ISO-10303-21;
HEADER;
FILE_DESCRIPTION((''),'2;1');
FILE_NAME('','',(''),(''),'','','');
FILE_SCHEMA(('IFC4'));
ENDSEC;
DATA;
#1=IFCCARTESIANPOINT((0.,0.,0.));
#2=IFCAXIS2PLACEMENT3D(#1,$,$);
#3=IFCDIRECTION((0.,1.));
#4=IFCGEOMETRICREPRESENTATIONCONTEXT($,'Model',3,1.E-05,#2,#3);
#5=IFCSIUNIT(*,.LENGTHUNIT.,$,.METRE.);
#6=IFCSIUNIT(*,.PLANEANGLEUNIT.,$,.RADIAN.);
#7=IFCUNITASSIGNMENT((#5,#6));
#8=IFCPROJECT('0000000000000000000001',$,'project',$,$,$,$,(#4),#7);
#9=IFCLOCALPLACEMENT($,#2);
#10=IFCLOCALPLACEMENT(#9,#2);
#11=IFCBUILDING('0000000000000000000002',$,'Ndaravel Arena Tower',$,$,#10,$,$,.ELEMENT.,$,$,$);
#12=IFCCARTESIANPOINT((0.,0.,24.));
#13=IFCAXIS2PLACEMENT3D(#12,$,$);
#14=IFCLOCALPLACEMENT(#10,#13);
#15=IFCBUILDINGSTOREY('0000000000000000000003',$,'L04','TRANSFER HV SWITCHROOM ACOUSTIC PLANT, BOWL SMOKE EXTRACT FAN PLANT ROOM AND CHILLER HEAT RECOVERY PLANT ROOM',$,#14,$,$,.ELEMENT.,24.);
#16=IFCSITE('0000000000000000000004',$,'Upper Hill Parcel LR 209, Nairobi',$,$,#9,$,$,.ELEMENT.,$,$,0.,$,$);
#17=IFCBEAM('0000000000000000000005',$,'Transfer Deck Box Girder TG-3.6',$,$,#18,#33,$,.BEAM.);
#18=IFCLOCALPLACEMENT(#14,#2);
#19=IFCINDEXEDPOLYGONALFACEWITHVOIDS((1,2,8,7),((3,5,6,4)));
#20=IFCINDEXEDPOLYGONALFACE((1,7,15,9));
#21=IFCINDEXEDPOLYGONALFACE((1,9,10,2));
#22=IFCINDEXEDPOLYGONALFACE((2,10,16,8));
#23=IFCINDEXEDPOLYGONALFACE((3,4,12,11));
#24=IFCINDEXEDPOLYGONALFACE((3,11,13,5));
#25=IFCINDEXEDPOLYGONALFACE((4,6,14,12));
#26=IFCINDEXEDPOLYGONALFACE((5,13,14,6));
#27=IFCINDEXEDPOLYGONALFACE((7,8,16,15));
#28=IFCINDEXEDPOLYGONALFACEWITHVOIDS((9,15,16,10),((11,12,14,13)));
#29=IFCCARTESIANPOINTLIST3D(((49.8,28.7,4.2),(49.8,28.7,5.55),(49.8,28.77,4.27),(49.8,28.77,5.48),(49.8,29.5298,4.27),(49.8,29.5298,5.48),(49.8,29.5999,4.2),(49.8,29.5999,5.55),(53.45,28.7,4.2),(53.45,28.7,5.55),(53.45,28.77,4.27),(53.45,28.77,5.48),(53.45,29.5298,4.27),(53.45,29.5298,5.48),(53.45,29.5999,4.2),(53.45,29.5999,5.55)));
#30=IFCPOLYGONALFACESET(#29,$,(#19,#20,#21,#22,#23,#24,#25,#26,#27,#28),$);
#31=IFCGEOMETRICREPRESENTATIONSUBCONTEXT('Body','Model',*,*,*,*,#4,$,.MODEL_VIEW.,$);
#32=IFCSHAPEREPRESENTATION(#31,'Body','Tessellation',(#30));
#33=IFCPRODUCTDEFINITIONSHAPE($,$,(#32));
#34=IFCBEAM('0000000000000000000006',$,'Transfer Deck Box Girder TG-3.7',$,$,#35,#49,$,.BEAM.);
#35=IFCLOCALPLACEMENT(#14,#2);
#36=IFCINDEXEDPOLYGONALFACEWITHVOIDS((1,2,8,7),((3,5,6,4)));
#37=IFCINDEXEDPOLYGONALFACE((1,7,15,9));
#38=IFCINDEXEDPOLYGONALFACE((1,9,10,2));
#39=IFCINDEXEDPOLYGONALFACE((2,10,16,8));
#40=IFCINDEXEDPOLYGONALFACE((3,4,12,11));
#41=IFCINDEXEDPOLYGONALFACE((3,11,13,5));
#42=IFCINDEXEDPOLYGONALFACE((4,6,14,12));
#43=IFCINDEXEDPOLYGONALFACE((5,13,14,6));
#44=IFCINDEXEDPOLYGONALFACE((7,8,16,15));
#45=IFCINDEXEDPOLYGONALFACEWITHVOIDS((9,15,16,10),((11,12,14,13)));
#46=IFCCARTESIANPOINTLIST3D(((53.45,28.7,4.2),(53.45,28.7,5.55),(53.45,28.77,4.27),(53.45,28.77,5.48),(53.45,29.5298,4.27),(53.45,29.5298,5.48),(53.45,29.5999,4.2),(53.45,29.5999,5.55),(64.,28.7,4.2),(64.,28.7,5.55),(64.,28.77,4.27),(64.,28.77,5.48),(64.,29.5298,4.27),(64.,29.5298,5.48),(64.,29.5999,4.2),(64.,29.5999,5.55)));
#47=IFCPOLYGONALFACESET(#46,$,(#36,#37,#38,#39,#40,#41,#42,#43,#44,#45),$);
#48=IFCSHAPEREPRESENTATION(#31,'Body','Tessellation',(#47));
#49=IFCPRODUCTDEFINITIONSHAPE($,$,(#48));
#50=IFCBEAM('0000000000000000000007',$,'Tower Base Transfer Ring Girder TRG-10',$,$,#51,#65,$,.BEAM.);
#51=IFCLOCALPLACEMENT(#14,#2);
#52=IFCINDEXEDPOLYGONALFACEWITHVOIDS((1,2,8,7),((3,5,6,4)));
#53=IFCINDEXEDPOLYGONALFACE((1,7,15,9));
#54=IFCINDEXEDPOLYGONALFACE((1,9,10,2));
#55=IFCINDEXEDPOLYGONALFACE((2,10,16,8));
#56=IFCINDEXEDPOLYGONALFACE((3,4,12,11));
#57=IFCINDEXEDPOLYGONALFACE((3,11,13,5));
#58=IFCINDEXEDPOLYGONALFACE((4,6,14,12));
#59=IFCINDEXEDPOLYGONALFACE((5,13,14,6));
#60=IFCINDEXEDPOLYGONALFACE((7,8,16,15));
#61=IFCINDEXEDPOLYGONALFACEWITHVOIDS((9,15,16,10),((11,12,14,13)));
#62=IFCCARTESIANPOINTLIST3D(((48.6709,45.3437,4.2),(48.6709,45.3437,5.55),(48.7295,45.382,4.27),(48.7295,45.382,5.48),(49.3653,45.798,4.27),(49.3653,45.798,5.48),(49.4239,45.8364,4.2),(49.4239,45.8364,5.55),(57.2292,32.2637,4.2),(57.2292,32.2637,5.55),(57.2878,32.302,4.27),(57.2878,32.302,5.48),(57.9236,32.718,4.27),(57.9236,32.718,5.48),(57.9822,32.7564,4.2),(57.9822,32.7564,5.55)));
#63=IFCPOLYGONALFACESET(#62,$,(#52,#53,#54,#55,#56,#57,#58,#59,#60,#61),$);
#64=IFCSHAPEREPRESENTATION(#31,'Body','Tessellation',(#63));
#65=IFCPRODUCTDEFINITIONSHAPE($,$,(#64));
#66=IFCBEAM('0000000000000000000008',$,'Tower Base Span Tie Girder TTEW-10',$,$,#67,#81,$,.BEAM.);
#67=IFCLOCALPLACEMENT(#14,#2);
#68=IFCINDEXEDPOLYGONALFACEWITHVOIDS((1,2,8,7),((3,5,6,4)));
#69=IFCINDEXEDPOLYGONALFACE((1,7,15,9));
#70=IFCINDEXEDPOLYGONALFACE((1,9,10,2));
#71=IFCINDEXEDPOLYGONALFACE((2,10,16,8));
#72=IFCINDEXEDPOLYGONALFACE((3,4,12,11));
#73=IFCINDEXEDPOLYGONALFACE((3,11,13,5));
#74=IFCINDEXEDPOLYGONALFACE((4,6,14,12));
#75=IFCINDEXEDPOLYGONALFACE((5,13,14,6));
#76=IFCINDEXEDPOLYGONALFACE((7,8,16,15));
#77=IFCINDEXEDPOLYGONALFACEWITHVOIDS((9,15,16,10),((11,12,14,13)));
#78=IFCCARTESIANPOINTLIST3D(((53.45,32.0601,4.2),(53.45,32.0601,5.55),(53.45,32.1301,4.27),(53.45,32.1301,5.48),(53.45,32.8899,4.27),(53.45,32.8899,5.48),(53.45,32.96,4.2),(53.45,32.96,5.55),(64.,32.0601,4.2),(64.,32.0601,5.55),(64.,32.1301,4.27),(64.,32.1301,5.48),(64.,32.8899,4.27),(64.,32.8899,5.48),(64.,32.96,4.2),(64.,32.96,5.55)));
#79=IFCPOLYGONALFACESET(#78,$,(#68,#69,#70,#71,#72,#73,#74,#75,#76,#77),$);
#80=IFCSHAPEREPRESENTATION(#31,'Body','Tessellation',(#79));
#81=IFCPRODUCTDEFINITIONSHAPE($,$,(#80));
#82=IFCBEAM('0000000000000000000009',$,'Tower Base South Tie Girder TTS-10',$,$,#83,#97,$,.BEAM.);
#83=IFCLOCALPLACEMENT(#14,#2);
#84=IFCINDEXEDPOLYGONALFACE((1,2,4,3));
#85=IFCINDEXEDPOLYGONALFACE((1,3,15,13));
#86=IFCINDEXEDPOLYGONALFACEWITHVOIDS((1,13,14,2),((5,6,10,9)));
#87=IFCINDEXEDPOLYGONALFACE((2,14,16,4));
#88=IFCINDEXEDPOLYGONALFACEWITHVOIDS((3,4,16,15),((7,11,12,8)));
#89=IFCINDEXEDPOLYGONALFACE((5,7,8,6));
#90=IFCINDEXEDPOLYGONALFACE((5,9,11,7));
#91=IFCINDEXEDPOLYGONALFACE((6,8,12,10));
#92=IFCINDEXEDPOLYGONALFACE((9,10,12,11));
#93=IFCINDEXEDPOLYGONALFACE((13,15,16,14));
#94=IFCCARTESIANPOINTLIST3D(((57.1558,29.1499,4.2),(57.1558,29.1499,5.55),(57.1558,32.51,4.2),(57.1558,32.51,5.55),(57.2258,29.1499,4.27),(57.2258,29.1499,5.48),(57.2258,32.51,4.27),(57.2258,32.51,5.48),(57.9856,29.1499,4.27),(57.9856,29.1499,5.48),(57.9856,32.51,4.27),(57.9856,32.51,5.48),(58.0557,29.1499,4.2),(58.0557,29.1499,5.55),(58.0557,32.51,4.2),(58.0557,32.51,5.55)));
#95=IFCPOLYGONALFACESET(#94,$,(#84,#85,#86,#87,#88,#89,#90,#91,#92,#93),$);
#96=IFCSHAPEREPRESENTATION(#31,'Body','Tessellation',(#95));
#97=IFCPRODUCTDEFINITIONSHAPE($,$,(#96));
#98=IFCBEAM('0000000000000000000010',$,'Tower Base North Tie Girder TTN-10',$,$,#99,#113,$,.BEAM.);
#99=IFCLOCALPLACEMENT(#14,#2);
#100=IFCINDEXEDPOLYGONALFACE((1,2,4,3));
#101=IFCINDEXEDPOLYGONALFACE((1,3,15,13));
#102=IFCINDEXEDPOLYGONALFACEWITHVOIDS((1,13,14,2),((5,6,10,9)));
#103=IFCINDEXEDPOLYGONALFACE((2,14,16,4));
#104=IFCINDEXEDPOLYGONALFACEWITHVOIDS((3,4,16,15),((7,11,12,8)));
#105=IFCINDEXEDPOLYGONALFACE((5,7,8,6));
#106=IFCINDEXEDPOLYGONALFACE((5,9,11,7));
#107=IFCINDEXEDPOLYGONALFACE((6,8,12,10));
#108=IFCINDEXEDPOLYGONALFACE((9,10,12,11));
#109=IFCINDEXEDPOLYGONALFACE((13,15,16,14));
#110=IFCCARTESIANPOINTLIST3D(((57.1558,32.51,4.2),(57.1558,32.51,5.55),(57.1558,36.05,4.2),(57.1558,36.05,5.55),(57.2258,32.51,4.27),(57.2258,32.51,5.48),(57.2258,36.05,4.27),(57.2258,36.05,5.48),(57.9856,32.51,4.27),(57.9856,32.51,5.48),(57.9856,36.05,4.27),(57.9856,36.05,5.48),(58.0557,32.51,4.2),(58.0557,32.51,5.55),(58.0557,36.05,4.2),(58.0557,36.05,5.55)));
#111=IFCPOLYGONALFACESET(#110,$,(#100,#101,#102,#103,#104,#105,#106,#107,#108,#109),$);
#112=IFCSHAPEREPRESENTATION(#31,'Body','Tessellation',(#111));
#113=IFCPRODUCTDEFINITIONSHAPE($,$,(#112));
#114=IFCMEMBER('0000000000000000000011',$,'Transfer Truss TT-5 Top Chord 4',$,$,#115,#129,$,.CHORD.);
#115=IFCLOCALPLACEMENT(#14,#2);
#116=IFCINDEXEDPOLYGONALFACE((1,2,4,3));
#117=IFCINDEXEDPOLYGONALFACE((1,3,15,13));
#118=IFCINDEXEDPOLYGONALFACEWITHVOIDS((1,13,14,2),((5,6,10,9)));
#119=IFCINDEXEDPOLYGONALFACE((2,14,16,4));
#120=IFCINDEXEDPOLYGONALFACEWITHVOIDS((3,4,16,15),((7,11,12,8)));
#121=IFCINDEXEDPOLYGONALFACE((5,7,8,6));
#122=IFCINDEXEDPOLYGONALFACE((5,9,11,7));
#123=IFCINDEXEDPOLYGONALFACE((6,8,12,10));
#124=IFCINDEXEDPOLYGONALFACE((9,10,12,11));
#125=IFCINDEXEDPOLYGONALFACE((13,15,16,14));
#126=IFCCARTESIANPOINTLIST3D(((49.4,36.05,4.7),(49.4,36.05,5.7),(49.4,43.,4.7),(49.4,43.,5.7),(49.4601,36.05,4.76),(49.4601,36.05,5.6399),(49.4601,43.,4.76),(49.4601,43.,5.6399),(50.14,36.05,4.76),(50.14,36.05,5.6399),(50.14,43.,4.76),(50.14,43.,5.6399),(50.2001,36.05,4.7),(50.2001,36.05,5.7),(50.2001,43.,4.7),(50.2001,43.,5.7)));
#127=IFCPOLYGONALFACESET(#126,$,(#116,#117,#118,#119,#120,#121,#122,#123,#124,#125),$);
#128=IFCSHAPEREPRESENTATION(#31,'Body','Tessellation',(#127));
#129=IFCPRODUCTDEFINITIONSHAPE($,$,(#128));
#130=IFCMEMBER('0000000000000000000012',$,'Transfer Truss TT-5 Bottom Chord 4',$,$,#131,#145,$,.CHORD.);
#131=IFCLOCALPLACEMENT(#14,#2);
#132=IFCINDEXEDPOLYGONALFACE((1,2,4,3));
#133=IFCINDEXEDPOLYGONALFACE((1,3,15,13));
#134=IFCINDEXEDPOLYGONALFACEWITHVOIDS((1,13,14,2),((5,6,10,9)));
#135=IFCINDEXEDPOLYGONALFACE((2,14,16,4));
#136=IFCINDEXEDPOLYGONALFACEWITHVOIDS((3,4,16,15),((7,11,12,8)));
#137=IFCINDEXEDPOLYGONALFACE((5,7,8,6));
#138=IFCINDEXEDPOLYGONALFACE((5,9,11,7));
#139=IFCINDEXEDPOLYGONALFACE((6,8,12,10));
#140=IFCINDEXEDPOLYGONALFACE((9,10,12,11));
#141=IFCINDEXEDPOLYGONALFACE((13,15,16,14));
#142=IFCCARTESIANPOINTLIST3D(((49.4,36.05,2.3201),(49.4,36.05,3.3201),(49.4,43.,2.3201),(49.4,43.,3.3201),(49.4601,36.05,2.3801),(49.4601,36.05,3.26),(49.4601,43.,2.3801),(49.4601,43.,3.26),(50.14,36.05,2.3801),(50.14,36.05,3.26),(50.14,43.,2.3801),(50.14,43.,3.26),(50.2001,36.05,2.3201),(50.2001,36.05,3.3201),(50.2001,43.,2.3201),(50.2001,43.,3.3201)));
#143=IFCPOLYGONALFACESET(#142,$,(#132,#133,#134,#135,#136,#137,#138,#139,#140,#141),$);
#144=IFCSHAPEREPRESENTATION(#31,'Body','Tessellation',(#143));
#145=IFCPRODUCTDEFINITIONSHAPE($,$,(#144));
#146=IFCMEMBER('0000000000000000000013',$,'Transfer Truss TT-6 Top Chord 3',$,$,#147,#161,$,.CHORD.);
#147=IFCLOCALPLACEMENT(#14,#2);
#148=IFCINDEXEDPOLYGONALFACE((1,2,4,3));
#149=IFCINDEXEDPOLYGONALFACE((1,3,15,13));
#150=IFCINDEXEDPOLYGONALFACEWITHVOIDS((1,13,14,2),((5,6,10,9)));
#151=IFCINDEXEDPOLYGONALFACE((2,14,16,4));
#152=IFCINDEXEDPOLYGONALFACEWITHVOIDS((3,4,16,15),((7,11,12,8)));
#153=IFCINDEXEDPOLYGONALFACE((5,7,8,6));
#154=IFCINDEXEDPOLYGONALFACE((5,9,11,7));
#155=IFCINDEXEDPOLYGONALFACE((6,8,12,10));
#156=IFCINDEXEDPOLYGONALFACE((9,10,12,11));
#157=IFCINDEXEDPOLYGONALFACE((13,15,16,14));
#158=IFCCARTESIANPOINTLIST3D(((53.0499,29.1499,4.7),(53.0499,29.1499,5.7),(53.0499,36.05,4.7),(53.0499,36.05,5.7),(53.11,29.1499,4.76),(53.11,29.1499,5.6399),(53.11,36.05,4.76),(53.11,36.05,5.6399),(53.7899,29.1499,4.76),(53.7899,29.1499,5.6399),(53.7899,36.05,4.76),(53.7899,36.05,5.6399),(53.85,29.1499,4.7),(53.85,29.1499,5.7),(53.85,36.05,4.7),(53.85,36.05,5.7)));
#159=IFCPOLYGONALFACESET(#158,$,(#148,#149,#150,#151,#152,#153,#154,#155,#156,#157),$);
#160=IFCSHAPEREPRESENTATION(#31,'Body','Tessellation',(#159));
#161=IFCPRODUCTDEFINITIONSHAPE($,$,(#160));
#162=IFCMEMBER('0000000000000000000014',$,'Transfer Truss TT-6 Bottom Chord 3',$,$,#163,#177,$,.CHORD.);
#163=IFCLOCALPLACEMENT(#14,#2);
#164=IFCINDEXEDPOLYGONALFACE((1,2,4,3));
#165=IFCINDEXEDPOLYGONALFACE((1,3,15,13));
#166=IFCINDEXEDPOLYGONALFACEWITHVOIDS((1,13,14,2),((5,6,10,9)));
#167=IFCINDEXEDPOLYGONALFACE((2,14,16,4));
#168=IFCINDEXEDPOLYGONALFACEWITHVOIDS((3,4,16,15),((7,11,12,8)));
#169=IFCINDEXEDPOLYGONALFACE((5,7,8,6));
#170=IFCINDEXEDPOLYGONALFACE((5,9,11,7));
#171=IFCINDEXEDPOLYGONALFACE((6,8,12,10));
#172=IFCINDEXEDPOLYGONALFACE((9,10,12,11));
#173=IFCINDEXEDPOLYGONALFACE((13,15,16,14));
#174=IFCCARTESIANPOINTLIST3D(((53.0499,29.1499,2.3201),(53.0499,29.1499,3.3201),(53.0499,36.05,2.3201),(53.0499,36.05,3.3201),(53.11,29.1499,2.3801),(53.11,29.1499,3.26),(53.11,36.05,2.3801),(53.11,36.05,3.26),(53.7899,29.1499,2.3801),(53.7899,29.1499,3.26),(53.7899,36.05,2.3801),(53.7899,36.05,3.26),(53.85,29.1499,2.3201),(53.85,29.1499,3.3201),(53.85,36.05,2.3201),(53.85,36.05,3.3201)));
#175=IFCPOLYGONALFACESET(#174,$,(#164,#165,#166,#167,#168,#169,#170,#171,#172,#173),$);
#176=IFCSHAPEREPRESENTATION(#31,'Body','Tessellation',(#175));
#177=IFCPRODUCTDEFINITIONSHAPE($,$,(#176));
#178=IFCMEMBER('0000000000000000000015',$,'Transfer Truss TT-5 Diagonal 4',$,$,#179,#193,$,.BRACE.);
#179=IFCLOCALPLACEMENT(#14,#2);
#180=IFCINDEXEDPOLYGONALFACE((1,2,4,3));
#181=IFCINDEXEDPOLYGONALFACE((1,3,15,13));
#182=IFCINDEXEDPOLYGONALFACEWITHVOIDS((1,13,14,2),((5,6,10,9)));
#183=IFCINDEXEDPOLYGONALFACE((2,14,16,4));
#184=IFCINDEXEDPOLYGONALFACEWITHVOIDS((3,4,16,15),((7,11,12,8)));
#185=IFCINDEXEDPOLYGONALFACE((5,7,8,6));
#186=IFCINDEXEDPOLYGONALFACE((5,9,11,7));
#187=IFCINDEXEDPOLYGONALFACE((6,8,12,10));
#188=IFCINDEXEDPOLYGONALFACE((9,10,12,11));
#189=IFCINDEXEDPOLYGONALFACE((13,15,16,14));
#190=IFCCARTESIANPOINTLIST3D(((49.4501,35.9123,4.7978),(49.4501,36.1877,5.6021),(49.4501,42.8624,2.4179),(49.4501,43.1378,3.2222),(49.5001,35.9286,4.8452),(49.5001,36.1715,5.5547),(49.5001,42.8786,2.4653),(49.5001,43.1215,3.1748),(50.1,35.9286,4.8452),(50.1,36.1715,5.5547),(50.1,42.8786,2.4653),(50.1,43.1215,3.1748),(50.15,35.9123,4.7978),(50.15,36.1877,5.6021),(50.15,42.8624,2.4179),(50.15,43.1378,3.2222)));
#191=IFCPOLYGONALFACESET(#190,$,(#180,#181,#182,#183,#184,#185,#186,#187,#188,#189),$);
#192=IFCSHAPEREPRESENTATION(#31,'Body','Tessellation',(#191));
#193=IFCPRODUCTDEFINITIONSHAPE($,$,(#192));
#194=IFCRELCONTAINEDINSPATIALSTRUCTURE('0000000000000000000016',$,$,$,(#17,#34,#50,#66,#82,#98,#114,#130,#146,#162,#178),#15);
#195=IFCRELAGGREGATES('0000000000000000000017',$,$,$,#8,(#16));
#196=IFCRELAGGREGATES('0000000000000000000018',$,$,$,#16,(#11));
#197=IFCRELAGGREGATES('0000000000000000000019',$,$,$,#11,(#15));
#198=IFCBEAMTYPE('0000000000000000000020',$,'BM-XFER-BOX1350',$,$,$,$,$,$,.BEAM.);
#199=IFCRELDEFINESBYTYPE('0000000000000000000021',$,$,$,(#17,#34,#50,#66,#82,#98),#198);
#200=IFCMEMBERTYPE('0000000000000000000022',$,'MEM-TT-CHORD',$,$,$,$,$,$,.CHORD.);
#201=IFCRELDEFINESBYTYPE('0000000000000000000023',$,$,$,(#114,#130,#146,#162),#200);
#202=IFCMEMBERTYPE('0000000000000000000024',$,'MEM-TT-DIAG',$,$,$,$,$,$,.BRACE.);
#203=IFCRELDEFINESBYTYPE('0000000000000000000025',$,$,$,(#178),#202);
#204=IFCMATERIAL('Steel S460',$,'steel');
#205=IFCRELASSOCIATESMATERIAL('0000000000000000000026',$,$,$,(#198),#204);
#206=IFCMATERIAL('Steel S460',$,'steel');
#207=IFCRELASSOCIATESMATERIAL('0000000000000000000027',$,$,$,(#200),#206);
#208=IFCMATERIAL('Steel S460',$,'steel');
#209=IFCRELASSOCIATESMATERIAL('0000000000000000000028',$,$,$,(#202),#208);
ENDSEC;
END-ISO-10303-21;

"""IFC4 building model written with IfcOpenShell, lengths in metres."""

from ifc_helpers import new_model, si_unit, direction, frame, origin, origin_2d, place, context, subcontext, project, spatial, hollow_rectangle, extrude, material, material_profile, profile_set, type_object, element, save


model = new_model("IFC4")

# Units and contexts
model_context = context("Model", 3, precision=1e-05, world=origin(), true_north=direction((0.0, 1.0)))
body_context = subcontext(model_context, "Body", "Model", "MODEL_VIEW")
ifc_project = project(units=[si_unit("LENGTHUNIT", "METRE"), si_unit("PLANEANGLEUNIT", "RADIAN")], contexts=[model_context])

# Site, building, storey
site_placement = place(None, origin())
site = spatial("IfcSite", under=ifc_project, at=site_placement, Name="Upper Hill Parcel LR 209, Nairobi", CompositionType="ELEMENT", RefElevation=0.0)
building_placement = place(site_placement, origin())
building = spatial("IfcBuilding", under=site, at=building_placement, Name="Ndaravel Arena Tower", CompositionType="ELEMENT")
storey_placement = place(building_placement, frame((0.0, 0.0, 24.0)))
storey = spatial("IfcBuildingStorey", under=building, at=storey_placement, Name="L04", Description="TRANSFER HV SWITCHROOM ACOUSTIC PLANT, BOWL SMOKE EXTRACT FAN PLANT ROOM AND CHILLER HEAT RECOVERY PLANT ROOM", CompositionType="ELEMENT", Elevation=24.0)

# Beams
ifc_material_1 = material(Name="Steel S460", Category="steel")
ifc_material_profile_1 = material_profile(ifc_material_1, hollow_rectangle(XDim=0.8999, YDim=1.3501, WallThickness=0.0701, at=origin_2d()), Name="BOX 1350x900x70")
ifc_profile_set_1 = profile_set([ifc_material_profile_1], Name="Steel S460")
beam_type = type_object("IfcBeamType", Name="BM-XFER-BOX1350", PredefinedType="BEAM", material=ifc_profile_set_1)
beam_1_placement = place(storey_placement, frame((49.8, 29.1499, 4.875), z_axis=(1.0, 0.0, 0.0), x_axis=(0.0, 1.0, 0.0)))
element("IfcBeam", 1, at=beam_1_placement, inside=storey, type_object=beam_type, Name="Transfer Deck Box Girder TG-3.6", PredefinedType="BEAM", context=body_context, shape_type="SweptSolid", body=[
    extrude(hollow_rectangle(XDim=0.8999, YDim=1.3501, WallThickness=0.0701, at=origin_2d()), origin(), (0.0, 0.0, 1.0), 3.6499),
])
beam_2_placement = place(storey_placement, frame((53.45, 29.1499, 4.875), z_axis=(1.0, 0.0, 0.0), x_axis=(0.0, 1.0, 0.0)))
element("IfcBeam", 2, at=beam_2_placement, inside=storey, type_object=beam_type, Name="Transfer Deck Box Girder TG-3.7", PredefinedType="BEAM", context=body_context, shape_type="SweptSolid", body=[
    extrude(hollow_rectangle(XDim=0.8999, YDim=1.3501, WallThickness=0.0701, at=origin_2d()), origin(), (0.0, 0.0, 1.0), 10.55),
])
beam_3_placement = place(storey_placement, frame((57.6057, 32.51, 4.875), z_axis=(-0.547518, 0.836794, 0.0), x_axis=(-0.836794, -0.547518, 0.0)))
element("IfcBeam", 3, at=beam_3_placement, inside=storey, type_object=beam_type, Name="Tower Base Transfer Ring Girder TRG-10", PredefinedType="BEAM", context=body_context, shape_type="SweptSolid", body=[
    extrude(hollow_rectangle(XDim=0.8999, YDim=1.3501, WallThickness=0.0701, at=origin_2d()), origin(), (0.0, 0.0, 1.0), 15.6311),
])
beam_4_placement = place(storey_placement, frame((53.45, 32.51, 4.875), z_axis=(1.0, 0.0, 0.0), x_axis=(0.0, 1.0, 0.0)))
element("IfcBeam", 4, at=beam_4_placement, inside=storey, type_object=beam_type, Name="Tower Base Span Tie Girder TTEW-10", PredefinedType="BEAM", context=body_context, shape_type="SweptSolid", body=[
    extrude(hollow_rectangle(XDim=0.8999, YDim=1.3501, WallThickness=0.0701, at=origin_2d()), origin(), (0.0, 0.0, 1.0), 10.55),
])
beam_5_placement = place(storey_placement, frame((57.6057, 29.1499, 4.875), z_axis=(0.0, 1.0, 0.0), x_axis=(-1.0, 0.0, 0.0)))
element("IfcBeam", 5, at=beam_5_placement, inside=storey, type_object=beam_type, Name="Tower Base South Tie Girder TTS-10", PredefinedType="BEAM", context=body_context, shape_type="SweptSolid", body=[
    extrude(hollow_rectangle(XDim=0.8999, YDim=1.3501, WallThickness=0.0701, at=origin_2d()), origin(), (0.0, 0.0, 1.0), 3.3601),
])
beam_6_placement = place(storey_placement, frame((57.6057, 32.51, 4.875), z_axis=(0.0, 1.0, 0.0), x_axis=(-1.0, 0.0, 0.0)))
element("IfcBeam", 6, at=beam_6_placement, inside=storey, type_object=beam_type, Name="Tower Base North Tie Girder TTN-10", PredefinedType="BEAM", context=body_context, shape_type="SweptSolid", body=[
    extrude(hollow_rectangle(XDim=0.8999, YDim=1.3501, WallThickness=0.0701, at=origin_2d()), origin(), (0.0, 0.0, 1.0), 3.54),
])

# Members
ifc_material_2 = material(Name="Steel S460", Category="steel")
ifc_material_profile_2 = material_profile(ifc_material_2, hollow_rectangle(XDim=0.8, YDim=1.0, WallThickness=0.0601, at=origin_2d()), Name="BOX 1000x800x60")
ifc_profile_set_2 = profile_set([ifc_material_profile_2], Name="Steel S460")
member_type_1 = type_object("IfcMemberType", Name="MEM-TT-CHORD", PredefinedType="CHORD", material=ifc_profile_set_2)
for number, where, z_axis, x_axis, name in (
    (7, (49.8, 36.05, 5.2), (0.0, 1.0, 0.0), (-1.0, 0.0, 0.0), "Transfer Truss TT-5 Top Chord 4"),
    (8, (49.8, 36.05, 2.8201), (0.0, 1.0, 0.0), (-1.0, 0.0, 0.0), "Transfer Truss TT-5 Bottom Chord 4"),
):
    element("IfcMember", number, at=place(storey_placement, frame(where, z_axis=z_axis, x_axis=x_axis)), inside=storey, type_object=member_type_1, Name=name, PredefinedType="CHORD", context=body_context, shape_type="SweptSolid", body=[
        extrude(hollow_rectangle(XDim=0.8, YDim=1.0, WallThickness=0.0601, at=origin_2d()), origin(), (0.0, 0.0, 1.0), 6.95),
    ])
for number, where, z_axis, x_axis, name in (
    (9, (53.45, 29.1499, 5.2), (0.0, 1.0, 0.0), (-1.0, 0.0, 0.0), "Transfer Truss TT-6 Top Chord 3"),
    (10, (53.45, 29.1499, 2.8201), (0.0, 1.0, 0.0), (-1.0, 0.0, 0.0), "Transfer Truss TT-6 Bottom Chord 3"),
):
    element("IfcMember", number, at=place(storey_placement, frame(where, z_axis=z_axis, x_axis=x_axis)), inside=storey, type_object=member_type_1, Name=name, PredefinedType="CHORD", context=body_context, shape_type="SweptSolid", body=[
        extrude(hollow_rectangle(XDim=0.8, YDim=1.0, WallThickness=0.0601, at=origin_2d()), origin(), (0.0, 0.0, 1.0), 6.9001),
    ])
ifc_material_3 = material(Name="Steel S460", Category="steel")
ifc_material_profile_3 = material_profile(ifc_material_3, hollow_rectangle(XDim=0.7, YDim=0.8501, WallThickness=0.05, at=origin_2d()), Name="BOX 850x700x50")
ifc_profile_set_3 = profile_set([ifc_material_profile_3], Name="Steel S460")
member_type_2 = type_object("IfcMemberType", Name="MEM-TT-DIAG", PredefinedType="BRACE", material=ifc_profile_set_3)
member_1_placement = place(storey_placement, frame((49.8, 36.05, 5.2), z_axis=(0.0, 0.946069, -0.323964), x_axis=(-1.0, 0.0, 0.0)))
element("IfcMember", 11, at=member_1_placement, inside=storey, type_object=member_type_2, Name="Transfer Truss TT-5 Diagonal 4", PredefinedType="BRACE", context=body_context, shape_type="SweptSolid", body=[
    extrude(hollow_rectangle(XDim=0.7, YDim=0.8501, WallThickness=0.05, at=origin_2d()), origin(), (0.0, 0.0, 1.0), 7.3462),
])

save(model, "model.ifc")
